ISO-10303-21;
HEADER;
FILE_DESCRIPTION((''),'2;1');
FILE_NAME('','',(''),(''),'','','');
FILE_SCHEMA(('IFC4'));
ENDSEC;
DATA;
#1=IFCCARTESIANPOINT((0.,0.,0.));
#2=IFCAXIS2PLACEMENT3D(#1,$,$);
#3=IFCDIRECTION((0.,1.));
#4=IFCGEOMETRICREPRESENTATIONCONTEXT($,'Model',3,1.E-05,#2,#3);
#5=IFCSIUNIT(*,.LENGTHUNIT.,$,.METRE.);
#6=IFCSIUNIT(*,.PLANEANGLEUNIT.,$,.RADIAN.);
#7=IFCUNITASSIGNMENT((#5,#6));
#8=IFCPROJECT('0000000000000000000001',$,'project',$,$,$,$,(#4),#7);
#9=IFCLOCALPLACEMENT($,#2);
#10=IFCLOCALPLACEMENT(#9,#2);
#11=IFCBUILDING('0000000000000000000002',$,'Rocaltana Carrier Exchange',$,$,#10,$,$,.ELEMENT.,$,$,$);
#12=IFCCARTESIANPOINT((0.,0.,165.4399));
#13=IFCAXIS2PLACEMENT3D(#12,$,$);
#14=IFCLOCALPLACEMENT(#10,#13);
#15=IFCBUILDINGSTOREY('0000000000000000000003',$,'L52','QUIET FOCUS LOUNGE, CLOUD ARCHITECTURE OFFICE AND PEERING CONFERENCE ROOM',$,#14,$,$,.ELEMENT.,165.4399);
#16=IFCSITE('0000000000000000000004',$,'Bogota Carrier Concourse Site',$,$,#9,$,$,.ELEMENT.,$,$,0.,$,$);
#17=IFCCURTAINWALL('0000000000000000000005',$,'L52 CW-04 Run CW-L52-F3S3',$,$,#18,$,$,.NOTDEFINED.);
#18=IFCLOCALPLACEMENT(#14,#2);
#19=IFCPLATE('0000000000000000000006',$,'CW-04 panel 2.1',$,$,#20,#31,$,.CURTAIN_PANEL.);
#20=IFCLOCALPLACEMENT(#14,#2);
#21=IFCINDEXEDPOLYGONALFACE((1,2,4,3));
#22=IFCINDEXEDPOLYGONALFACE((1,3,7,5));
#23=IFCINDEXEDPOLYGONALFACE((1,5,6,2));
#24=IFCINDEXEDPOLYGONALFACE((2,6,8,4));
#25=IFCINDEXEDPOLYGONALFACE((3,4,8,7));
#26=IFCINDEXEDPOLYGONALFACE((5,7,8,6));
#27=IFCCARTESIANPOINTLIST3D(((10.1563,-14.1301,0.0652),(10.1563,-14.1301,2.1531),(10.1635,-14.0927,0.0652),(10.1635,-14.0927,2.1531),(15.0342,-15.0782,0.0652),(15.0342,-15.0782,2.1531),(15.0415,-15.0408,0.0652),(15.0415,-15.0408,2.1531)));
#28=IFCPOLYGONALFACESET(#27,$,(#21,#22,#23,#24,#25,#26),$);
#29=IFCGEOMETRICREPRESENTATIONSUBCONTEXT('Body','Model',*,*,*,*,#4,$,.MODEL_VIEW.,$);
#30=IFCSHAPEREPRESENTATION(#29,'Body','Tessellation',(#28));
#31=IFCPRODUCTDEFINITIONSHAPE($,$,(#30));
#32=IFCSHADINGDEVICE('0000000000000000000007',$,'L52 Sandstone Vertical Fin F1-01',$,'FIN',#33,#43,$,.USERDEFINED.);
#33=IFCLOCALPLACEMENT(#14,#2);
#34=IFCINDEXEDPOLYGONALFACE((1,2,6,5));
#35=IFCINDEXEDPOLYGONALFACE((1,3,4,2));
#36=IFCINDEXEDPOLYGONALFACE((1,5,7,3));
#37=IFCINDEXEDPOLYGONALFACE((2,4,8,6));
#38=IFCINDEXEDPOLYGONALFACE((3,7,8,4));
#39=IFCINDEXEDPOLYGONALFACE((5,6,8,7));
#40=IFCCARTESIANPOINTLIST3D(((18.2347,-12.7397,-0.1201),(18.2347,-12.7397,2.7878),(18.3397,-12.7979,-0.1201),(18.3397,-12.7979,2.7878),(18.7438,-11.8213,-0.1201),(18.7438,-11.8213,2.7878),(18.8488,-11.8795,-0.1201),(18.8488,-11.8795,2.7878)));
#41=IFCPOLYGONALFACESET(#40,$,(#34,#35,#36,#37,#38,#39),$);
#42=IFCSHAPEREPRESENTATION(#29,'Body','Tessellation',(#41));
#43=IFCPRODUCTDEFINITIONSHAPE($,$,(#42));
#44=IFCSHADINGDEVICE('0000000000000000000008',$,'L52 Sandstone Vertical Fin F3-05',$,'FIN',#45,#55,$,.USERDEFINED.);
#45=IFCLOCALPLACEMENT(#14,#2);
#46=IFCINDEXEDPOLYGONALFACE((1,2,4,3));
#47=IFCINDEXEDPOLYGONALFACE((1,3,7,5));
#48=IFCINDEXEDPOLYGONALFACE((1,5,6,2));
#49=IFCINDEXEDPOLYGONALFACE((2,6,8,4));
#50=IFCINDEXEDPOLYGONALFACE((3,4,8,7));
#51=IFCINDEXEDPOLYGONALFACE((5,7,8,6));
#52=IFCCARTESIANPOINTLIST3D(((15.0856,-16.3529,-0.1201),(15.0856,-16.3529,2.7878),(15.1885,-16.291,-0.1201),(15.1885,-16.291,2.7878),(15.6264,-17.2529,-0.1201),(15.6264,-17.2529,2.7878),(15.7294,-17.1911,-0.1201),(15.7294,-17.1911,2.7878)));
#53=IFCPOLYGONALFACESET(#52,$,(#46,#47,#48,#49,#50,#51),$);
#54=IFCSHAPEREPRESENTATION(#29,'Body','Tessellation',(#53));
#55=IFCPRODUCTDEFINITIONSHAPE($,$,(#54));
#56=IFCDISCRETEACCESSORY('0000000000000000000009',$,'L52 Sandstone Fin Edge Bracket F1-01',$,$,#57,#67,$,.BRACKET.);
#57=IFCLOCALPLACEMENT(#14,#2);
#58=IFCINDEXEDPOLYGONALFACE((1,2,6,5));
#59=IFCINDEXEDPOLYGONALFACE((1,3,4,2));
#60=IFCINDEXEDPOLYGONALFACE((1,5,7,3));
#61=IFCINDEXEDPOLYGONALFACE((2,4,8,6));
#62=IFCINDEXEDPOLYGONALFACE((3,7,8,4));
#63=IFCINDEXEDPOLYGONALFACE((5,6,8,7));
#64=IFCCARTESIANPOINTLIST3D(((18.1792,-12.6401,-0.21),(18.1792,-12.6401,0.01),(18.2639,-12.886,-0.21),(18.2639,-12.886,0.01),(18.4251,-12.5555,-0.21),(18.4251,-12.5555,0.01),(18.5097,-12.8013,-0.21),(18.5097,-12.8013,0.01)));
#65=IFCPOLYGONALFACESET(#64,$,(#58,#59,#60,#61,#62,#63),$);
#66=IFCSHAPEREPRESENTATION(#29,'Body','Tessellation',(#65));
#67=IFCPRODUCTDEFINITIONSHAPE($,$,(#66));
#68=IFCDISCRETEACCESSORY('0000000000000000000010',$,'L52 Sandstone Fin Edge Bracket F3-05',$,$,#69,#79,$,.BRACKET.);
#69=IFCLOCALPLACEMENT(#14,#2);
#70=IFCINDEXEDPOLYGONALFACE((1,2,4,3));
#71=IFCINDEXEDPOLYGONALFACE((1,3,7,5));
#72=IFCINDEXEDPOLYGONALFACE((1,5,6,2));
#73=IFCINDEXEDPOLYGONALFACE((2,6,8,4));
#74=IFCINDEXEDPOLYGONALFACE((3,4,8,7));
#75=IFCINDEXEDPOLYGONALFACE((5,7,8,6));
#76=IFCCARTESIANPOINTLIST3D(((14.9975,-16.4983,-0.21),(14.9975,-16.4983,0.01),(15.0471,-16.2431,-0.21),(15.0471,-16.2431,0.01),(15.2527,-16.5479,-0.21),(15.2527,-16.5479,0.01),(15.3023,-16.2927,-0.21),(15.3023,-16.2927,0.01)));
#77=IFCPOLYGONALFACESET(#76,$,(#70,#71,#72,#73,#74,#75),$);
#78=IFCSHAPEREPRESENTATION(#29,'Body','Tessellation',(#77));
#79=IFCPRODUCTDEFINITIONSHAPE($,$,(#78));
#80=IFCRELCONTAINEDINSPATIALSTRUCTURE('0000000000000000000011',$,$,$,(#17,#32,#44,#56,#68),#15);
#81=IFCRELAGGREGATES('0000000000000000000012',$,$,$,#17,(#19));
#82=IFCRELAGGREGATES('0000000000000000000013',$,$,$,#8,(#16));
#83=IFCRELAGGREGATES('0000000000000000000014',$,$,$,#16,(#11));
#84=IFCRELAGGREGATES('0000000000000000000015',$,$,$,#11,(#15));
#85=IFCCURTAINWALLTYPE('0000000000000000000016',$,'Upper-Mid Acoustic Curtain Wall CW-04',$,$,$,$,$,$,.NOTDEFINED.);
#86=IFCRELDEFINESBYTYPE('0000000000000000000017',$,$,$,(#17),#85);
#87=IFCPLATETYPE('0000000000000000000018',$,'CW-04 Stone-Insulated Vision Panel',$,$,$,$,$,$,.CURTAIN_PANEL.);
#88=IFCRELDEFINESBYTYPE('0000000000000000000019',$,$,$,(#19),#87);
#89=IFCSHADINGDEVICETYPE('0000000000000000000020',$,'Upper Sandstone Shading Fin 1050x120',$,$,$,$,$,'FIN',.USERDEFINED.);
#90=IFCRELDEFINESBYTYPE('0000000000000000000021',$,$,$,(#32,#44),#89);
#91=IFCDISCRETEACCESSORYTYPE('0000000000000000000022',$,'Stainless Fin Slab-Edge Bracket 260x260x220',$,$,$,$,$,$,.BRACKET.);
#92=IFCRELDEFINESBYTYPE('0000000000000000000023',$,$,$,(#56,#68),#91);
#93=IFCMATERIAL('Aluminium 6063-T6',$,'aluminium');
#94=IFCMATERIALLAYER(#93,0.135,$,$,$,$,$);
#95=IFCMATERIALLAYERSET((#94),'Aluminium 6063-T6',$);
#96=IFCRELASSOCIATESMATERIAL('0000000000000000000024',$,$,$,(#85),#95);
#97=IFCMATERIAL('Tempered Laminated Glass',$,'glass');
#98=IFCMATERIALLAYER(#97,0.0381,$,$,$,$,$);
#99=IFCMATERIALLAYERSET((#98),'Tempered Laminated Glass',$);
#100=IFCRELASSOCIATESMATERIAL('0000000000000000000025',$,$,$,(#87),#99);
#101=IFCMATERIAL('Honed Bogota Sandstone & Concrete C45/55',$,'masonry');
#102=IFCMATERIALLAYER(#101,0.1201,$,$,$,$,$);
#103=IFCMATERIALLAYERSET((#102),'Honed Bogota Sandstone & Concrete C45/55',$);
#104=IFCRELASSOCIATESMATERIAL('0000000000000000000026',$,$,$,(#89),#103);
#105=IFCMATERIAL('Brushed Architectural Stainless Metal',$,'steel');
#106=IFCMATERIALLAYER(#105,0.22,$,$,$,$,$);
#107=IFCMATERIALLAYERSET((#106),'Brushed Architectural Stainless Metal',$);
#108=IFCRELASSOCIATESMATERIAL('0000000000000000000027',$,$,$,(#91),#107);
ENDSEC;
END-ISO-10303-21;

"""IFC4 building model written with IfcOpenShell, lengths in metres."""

from ifc_helpers import new_model, si_unit, direction, frame, origin, origin_2d, place, context, subcontext, project, spatial, rectangle, extrude, material, layer, layer_set, type_object, element, aggregate, save


model = new_model("IFC4")

# Units and contexts
model_context = context("Model", 3, precision=1e-05, world=origin(), true_north=direction((0.0, 1.0)))
body_context = subcontext(model_context, "Body", "Model", "MODEL_VIEW")
ifc_project = project(units=[si_unit("LENGTHUNIT", "METRE"), si_unit("PLANEANGLEUNIT", "RADIAN")], contexts=[model_context])

# Site, building, storey
site_placement = place(None, origin())
site = spatial("IfcSite", under=ifc_project, at=site_placement, Name="Bogota Carrier Concourse Site", CompositionType="ELEMENT", RefElevation=0.0)
building_placement = place(site_placement, origin())
building = spatial("IfcBuilding", under=site, at=building_placement, Name="Rocaltana Carrier Exchange", CompositionType="ELEMENT")
storey_placement = place(building_placement, frame((0.0, 0.0, 165.4399)))
storey = spatial("IfcBuildingStorey", under=building, at=storey_placement, Name="L52", Description="QUIET FOCUS LOUNGE, CLOUD ARCHITECTURE OFFICE AND PEERING CONFERENCE ROOM", CompositionType="ELEMENT", Elevation=165.4399)

# Shared definitions
ifc_material_1 = material(Name="Aluminium 6063-T6", Category="aluminium")
ifc_layer_1 = layer(ifc_material_1, 0.135)
ifc_layer_set_1 = layer_set([ifc_layer_1], Name="Aluminium 6063-T6")
curtain_wall_type = type_object("IfcCurtainWallType", Name="Upper-Mid Acoustic Curtain Wall CW-04", PredefinedType="NOTDEFINED", material=ifc_layer_set_1)

# Curtain wall
curtain_wall_1_placement = place(storey_placement, origin())
curtain_wall_1 = element("IfcCurtainWall", 1, at=curtain_wall_1_placement, inside=storey, type_object=curtain_wall_type, Name="L52 CW-04 Run CW-L52-F3S3", PredefinedType="NOTDEFINED")

# Plate
ifc_material_2 = material(Name="Tempered Laminated Glass", Category="glass")
ifc_layer_2 = layer(ifc_material_2, 0.0381)
ifc_layer_set_2 = layer_set([ifc_layer_2], Name="Tempered Laminated Glass")
plate_type = type_object("IfcPlateType", Name="CW-04 Stone-Insulated Vision Panel", PredefinedType="CURTAIN_PANEL", material=ifc_layer_set_2)
plate_placement = place(storey_placement, frame((12.5989, -14.5854, 0.0652), z_axis=(0.0, 0.0, 1.0), x_axis=(0.981628, -0.190805, 0.0)))
plate = element("IfcPlate", 2, at=plate_placement, type_object=plate_type, Name="CW-04 panel 2.1", PredefinedType="CURTAIN_PANEL", context=body_context, shape_type="SweptSolid", body=[
    extrude(rectangle(XDim=4.9692, YDim=0.0381, at=origin_2d()), origin(), (0.0, 0.0, 1.0), 2.0879),
])
aggregate(curtain_wall_1, [plate])

# Shading devices
ifc_material_3 = material(Name="Honed Bogota Sandstone & Concrete C45/55", Category="masonry")
ifc_layer_3 = layer(ifc_material_3, 0.1201)
ifc_layer_set_3 = layer_set([ifc_layer_3], Name="Honed Bogota Sandstone & Concrete C45/55")
shading_device_type = type_object("IfcShadingDeviceType", Name="Upper Sandstone Shading Fin 1050x120", ElementType="FIN", PredefinedType="USERDEFINED", material=ifc_layer_set_3)
for number, where, z_axis, x_axis, name in (
    (3, (18.5417, -12.3096, -0.1201), (0.0, 0.0, 1.0), (0.48481, 0.87462, 0.0), "L52 Sandstone Vertical Fin F1-01"),
    (4, (15.4075, -16.772, -0.1201), (0.0, 0.0, 1.0), (0.515038, -0.857167, 0.0), "L52 Sandstone Vertical Fin F3-05"),
):
    element("IfcShadingDevice", number, at=place(storey_placement, frame(where, z_axis=z_axis, x_axis=x_axis)), inside=storey, type_object=shading_device_type, Name=name, ObjectType="FIN", PredefinedType="USERDEFINED", context=body_context, shape_type="SweptSolid", body=[
        extrude(rectangle(XDim=1.05, YDim=0.1201, at=origin_2d()), origin(), (0.0, 0.0, 1.0), 2.908),
    ])

# Discrete accessories
ifc_material_4 = material(Name="Brushed Architectural Stainless Metal", Category="steel")
ifc_layer_4 = layer(ifc_material_4, 0.22)
ifc_layer_set_4 = layer_set([ifc_layer_4], Name="Brushed Architectural Stainless Metal")
discrete_accessory_type = type_object("IfcDiscreteAccessoryType", Name="Stainless Fin Slab-Edge Bracket 260x260x220", PredefinedType="BRACKET", material=ifc_layer_set_4)
for number, where, z_axis, x_axis, name in (
    (5, (18.3445, -12.7207, -0.21), (0.0, 0.0, 1.0), (-0.325568, 0.945519, 0.0), "L52 Sandstone Fin Edge Bracket F1-01"),
    (6, (15.1499, -16.3955, -0.21), (0.0, 0.0, 1.0), (0.981627, -0.190809, 0.0), "L52 Sandstone Fin Edge Bracket F3-05"),
):
    element("IfcDiscreteAccessory", number, at=place(storey_placement, frame(where, z_axis=z_axis, x_axis=x_axis)), inside=storey, type_object=discrete_accessory_type, Name=name, PredefinedType="BRACKET", context=body_context, shape_type="SweptSolid", body=[
        extrude(rectangle(XDim=0.26, YDim=0.26, at=origin_2d()), origin(), (0.0, 0.0, 1.0), 0.22),
    ])

save(model, "model.ifc")
